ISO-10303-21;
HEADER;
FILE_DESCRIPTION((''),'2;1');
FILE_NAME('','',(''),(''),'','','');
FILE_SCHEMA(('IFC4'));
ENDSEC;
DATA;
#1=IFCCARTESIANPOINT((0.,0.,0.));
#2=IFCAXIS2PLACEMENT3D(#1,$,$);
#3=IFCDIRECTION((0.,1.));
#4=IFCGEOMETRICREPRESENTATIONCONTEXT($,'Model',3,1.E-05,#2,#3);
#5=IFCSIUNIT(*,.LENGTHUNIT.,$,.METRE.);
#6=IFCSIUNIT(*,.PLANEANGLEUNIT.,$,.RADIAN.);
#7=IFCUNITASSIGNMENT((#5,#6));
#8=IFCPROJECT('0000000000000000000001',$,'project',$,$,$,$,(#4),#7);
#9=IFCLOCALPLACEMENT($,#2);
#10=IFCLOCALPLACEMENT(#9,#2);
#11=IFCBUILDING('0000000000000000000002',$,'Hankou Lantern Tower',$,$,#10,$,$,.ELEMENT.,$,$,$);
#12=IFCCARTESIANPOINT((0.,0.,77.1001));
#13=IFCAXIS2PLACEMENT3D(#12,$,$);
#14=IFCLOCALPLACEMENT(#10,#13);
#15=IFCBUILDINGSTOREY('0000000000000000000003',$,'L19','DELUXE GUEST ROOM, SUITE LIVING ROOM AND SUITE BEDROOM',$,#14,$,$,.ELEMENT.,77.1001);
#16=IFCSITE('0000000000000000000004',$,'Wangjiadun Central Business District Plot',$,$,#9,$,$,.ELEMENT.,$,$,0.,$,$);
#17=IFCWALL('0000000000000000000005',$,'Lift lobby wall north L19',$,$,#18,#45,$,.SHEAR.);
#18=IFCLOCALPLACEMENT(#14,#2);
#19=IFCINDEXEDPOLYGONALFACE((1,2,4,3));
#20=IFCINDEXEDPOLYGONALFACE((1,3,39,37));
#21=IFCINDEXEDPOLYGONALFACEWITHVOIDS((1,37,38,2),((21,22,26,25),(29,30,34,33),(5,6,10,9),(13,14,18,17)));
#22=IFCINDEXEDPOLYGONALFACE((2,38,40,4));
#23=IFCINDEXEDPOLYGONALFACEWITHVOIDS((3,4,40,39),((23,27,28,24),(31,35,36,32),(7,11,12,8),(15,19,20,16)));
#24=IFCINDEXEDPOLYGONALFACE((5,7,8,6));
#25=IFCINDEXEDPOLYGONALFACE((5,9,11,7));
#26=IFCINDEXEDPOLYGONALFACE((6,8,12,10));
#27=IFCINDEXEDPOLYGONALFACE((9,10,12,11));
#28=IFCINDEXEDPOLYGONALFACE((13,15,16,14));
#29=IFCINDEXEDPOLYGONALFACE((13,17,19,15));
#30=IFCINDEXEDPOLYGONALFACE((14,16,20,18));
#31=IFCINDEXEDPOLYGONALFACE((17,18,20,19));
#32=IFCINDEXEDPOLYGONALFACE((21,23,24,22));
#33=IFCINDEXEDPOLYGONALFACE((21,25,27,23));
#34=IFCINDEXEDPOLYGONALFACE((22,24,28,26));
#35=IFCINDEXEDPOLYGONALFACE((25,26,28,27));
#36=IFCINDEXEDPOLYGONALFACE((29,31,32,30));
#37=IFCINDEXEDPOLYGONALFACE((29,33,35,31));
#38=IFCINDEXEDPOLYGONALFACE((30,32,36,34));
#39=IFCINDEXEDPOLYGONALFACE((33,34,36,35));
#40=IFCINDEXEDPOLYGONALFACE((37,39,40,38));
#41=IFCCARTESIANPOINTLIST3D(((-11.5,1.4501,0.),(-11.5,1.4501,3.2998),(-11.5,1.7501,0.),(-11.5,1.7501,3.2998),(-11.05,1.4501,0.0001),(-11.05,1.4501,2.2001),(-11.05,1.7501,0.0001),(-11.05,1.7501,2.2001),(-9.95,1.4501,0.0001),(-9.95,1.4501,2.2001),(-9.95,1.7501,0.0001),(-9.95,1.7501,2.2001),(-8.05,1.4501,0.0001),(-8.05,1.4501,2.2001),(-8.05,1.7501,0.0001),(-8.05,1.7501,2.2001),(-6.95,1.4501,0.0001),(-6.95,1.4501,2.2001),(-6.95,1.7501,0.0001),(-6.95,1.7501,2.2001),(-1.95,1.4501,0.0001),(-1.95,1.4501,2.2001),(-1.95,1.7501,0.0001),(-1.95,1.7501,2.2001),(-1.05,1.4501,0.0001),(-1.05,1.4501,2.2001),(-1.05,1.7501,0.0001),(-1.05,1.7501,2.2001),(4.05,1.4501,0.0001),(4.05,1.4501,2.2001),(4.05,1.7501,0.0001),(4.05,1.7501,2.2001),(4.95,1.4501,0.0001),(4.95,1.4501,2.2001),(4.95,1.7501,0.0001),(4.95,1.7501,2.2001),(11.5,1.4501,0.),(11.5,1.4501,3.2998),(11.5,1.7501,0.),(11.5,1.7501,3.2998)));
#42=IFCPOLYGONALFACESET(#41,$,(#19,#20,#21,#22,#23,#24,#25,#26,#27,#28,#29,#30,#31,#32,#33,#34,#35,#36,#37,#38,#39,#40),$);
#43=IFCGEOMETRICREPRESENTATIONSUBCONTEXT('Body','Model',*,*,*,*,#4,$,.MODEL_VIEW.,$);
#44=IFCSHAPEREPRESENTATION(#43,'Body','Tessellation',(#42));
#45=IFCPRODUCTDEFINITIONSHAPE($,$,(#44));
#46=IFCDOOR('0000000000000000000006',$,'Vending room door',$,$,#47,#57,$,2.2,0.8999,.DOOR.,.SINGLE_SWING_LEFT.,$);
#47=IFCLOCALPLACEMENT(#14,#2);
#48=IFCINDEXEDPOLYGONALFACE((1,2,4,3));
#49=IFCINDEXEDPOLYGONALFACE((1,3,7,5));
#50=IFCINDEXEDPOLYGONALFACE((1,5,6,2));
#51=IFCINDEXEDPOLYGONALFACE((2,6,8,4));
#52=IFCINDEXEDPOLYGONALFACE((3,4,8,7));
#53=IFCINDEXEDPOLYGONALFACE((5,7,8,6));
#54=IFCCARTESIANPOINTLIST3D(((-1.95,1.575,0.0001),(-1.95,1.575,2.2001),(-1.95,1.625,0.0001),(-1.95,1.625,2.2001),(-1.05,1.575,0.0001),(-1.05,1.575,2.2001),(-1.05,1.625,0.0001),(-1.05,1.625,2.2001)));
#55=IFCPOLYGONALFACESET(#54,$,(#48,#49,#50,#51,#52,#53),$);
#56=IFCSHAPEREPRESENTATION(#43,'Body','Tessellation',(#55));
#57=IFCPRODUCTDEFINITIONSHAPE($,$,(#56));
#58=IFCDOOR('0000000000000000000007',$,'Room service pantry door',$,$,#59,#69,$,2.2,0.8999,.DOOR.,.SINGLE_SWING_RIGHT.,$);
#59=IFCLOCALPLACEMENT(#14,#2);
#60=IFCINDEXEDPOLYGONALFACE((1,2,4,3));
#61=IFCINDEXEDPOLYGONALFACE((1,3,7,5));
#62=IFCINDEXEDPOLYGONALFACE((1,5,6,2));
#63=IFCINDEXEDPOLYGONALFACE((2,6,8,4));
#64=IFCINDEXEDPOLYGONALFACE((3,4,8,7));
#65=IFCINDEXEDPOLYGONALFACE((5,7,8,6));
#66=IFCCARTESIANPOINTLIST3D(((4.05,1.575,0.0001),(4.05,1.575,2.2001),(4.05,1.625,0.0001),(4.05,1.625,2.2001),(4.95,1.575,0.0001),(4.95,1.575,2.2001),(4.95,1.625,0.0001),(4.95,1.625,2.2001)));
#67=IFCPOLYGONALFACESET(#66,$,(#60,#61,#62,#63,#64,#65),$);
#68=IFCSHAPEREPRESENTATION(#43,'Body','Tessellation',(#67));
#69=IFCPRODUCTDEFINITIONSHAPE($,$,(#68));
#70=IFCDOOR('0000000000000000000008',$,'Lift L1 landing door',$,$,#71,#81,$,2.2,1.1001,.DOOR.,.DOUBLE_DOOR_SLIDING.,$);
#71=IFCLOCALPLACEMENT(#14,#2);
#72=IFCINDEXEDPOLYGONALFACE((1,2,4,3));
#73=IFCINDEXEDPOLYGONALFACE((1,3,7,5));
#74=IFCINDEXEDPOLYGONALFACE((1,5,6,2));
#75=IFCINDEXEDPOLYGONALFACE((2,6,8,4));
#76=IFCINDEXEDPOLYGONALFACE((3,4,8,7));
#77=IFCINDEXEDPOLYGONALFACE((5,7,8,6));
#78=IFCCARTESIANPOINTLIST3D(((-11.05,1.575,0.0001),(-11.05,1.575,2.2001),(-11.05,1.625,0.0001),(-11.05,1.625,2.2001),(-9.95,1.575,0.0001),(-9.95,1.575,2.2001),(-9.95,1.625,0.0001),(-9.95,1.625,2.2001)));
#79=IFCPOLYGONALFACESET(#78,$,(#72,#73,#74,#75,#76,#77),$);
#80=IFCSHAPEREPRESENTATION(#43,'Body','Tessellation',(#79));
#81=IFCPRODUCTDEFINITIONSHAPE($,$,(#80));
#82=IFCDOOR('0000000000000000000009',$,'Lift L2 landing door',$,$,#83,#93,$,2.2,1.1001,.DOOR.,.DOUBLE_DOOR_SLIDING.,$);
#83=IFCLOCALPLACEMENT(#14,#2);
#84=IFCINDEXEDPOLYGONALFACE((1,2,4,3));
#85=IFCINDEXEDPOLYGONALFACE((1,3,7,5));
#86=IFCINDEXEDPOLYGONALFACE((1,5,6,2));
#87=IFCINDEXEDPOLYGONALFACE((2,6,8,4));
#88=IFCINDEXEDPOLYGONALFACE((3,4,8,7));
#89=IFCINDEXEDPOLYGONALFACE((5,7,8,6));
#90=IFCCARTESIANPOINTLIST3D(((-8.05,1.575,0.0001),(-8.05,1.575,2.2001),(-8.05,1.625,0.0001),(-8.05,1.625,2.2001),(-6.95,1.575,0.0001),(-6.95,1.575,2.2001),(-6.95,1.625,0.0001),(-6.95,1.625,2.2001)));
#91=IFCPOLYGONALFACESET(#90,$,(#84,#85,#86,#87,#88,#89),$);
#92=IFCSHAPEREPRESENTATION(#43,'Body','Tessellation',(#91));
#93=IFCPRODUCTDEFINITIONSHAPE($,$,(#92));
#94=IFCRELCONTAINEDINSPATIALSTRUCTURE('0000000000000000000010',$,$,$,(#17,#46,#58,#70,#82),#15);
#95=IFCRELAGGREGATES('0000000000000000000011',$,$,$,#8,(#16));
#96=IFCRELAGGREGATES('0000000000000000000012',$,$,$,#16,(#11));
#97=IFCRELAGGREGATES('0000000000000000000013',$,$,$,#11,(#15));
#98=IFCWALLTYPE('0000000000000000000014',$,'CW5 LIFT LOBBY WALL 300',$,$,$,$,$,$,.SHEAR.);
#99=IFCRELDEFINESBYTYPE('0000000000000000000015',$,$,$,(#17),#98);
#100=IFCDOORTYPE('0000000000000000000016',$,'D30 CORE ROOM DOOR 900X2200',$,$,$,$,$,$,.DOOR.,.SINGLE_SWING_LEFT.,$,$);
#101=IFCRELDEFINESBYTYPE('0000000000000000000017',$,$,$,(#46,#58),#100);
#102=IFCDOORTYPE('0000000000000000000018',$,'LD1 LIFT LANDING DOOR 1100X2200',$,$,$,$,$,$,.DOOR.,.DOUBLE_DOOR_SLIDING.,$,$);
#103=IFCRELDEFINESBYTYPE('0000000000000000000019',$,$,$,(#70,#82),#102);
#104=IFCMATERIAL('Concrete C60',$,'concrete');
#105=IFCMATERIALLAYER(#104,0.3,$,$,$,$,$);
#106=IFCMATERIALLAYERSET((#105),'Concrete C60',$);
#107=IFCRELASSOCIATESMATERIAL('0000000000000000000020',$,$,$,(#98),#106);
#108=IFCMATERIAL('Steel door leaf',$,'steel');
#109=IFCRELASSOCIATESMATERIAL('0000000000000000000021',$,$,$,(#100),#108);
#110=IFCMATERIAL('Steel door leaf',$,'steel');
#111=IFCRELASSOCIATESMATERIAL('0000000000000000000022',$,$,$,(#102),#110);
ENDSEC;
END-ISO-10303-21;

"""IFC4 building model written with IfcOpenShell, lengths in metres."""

from ifc_helpers import new_model, si_unit, direction, frame, frame_2d, origin, place, context, subcontext, project, spatial, rectangle, extrude, material, layer, layer_set, type_object, element, fill, save


model = new_model("IFC4")

# Units and contexts
model_context = context("Model", 3, precision=1e-05, world=origin(), true_north=direction((0.0, 1.0)))
body_context = subcontext(model_context, "Body", "Model", "MODEL_VIEW")
ifc_project = project(units=[si_unit("LENGTHUNIT", "METRE"), si_unit("PLANEANGLEUNIT", "RADIAN")], contexts=[model_context])

# Site, building, storey
site_placement = place(None, origin())
site = spatial("IfcSite", under=ifc_project, at=site_placement, Name="Wangjiadun Central Business District Plot", CompositionType="ELEMENT", RefElevation=0.0)
building_placement = place(site_placement, origin())
building = spatial("IfcBuilding", under=site, at=building_placement, Name="Hankou Lantern Tower", CompositionType="ELEMENT")
storey_placement = place(building_placement, frame((0.0, 0.0, 77.1001)))
storey = spatial("IfcBuildingStorey", under=building, at=storey_placement, Name="L19", Description="DELUXE GUEST ROOM, SUITE LIVING ROOM AND SUITE BEDROOM", CompositionType="ELEMENT", Elevation=77.1001)

# Wall, openings, doors
ifc_material_1 = material(Name="Concrete C60", Category="concrete")
ifc_layer_1 = layer(ifc_material_1, 0.3)
ifc_layer_set_1 = layer_set([ifc_layer_1], Name="Concrete C60")
wall_type_1 = type_object("IfcWallType", Name="CW5 LIFT LOBBY WALL 300", PredefinedType="SHEAR", material=ifc_layer_set_1)
wall_1_placement = place(storey_placement, frame((-11.5, 1.6001, 0.0), z_axis=(0.0, 0.0, 1.0), x_axis=(1.0, 0.0, 0.0)))
wall_1 = element("IfcWall", 1, at=wall_1_placement, inside=storey, type_object=wall_type_1, Name="Lift lobby wall north L19", PredefinedType="SHEAR", context=body_context, shape_type="SweptSolid", body=[
    extrude(rectangle(XDim=23.0, YDim=0.3, at=frame_2d((11.5, 0.0))), origin(), (0.0, 0.0, 1.0), 3.2998),
])
opening_1_placement = place(wall_1_placement, frame((0.45, 0.0, 0.0)))
opening_1 = element("IfcOpeningElement", 2, at=opening_1_placement, cuts=wall_1, PredefinedType="OPENING", context=body_context, shape_type="SweptSolid", body=[
    extrude(rectangle(XDim=1.1001, YDim=2.2, at=frame_2d((0.55, 1.1001))), frame((0.0, 0.1599, 0.0), z_axis=(0.0, -1.0, 0.0), x_axis=(1.0, 0.0, 0.0)), (0.0, 0.0, 1.0), 0.3201),
])
opening_2_placement = place(wall_1_placement, frame((3.45, 0.0, 0.0)))
opening_2 = element("IfcOpeningElement", 3, at=opening_2_placement, cuts=wall_1, PredefinedType="OPENING", context=body_context, shape_type="SweptSolid", body=[
    extrude(rectangle(XDim=1.1001, YDim=2.2, at=frame_2d((0.55, 1.1001))), frame((0.0, 0.1599, 0.0), z_axis=(0.0, -1.0, 0.0), x_axis=(1.0, 0.0, 0.0)), (0.0, 0.0, 1.0), 0.3201),
])
opening_3_placement = place(wall_1_placement, frame((9.55, 0.0, 0.0)))
opening_3 = element("IfcOpeningElement", 4, at=opening_3_placement, cuts=wall_1, PredefinedType="OPENING", context=body_context, shape_type="SweptSolid", body=[
    extrude(rectangle(XDim=0.8999, YDim=2.2, at=frame_2d((0.45, 1.1001))), frame((0.0, 0.1599, 0.0), z_axis=(0.0, -1.0, 0.0), x_axis=(1.0, 0.0, 0.0)), (0.0, 0.0, 1.0), 0.3201),
])
opening_4_placement = place(wall_1_placement, frame((15.55, 0.0, 0.0)))
opening_4 = element("IfcOpeningElement", 5, at=opening_4_placement, cuts=wall_1, PredefinedType="OPENING", context=body_context, shape_type="SweptSolid", body=[
    extrude(rectangle(XDim=0.8999, YDim=2.2, at=frame_2d((0.45, 1.1001))), frame((0.0, 0.1599, 0.0), z_axis=(0.0, -1.0, 0.0), x_axis=(1.0, 0.0, 0.0)), (0.0, 0.0, 1.0), 0.3201),
])
ifc_material_2 = material(Name="Steel door leaf", Category="steel")
door_type_1 = type_object("IfcDoorType", Name="D30 CORE ROOM DOOR 900X2200", OperationType="SINGLE_SWING_LEFT", PredefinedType="DOOR", material=ifc_material_2)
door_1_placement = place(opening_3_placement, origin())
door_1 = element("IfcDoor", 6, at=door_1_placement, inside=storey, type_object=door_type_1, Name="Vending room door", OperationType="SINGLE_SWING_LEFT", OverallHeight=2.2, OverallWidth=0.8999, PredefinedType="DOOR", context=body_context, shape_type="SweptSolid", body=[
    extrude(rectangle(XDim=0.8999, YDim=2.2, at=frame_2d((0.45, 1.1001))), frame((0.0, 0.0249, 0.0), z_axis=(0.0, -1.0, 0.0), x_axis=(1.0, 0.0, 0.0)), (0.0, 0.0, 1.0), 0.05),
])
fill(opening_3, door_1)
door_2_placement = place(opening_4_placement, origin())
door_2 = element("IfcDoor", 7, at=door_2_placement, inside=storey, type_object=door_type_1, Name="Room service pantry door", OperationType="SINGLE_SWING_RIGHT", OverallHeight=2.2, OverallWidth=0.8999, PredefinedType="DOOR", context=body_context, shape_type="SweptSolid", body=[
    extrude(rectangle(XDim=0.8999, YDim=2.2, at=frame_2d((0.45, 1.1001))), frame((0.0, 0.0249, 0.0), z_axis=(0.0, -1.0, 0.0), x_axis=(1.0, 0.0, 0.0)), (0.0, 0.0, 1.0), 0.05),
])
fill(opening_4, door_2)
ifc_material_3 = material(Name="Steel door leaf", Category="steel")
door_type_2 = type_object("IfcDoorType", Name="LD1 LIFT LANDING DOOR 1100X2200", OperationType="DOUBLE_DOOR_SLIDING", PredefinedType="DOOR", material=ifc_material_3)
door_3_placement = place(opening_1_placement, origin())
door_3 = element("IfcDoor", 8, at=door_3_placement, inside=storey, type_object=door_type_2, Name="Lift L1 landing door", OperationType="DOUBLE_DOOR_SLIDING", OverallHeight=2.2, OverallWidth=1.1001, PredefinedType="DOOR", context=body_context, shape_type="SweptSolid", body=[
    extrude(rectangle(XDim=1.1001, YDim=2.2, at=frame_2d((0.55, 1.1001))), frame((0.0, 0.0249, 0.0), z_axis=(0.0, -1.0, 0.0), x_axis=(1.0, 0.0, 0.0)), (0.0, 0.0, 1.0), 0.05),
])
fill(opening_1, door_3)
door_4_placement = place(opening_2_placement, origin())
door_4 = element("IfcDoor", 9, at=door_4_placement, inside=storey, type_object=door_type_2, Name="Lift L2 landing door", OperationType="DOUBLE_DOOR_SLIDING", OverallHeight=2.2, OverallWidth=1.1001, PredefinedType="DOOR", context=body_context, shape_type="SweptSolid", body=[
    extrude(rectangle(XDim=1.1001, YDim=2.2, at=frame_2d((0.55, 1.1001))), frame((0.0, 0.0249, 0.0), z_axis=(0.0, -1.0, 0.0), x_axis=(1.0, 0.0, 0.0)), (0.0, 0.0, 1.0), 0.05),
])
fill(opening_2, door_4)

save(model, "model.ifc")
